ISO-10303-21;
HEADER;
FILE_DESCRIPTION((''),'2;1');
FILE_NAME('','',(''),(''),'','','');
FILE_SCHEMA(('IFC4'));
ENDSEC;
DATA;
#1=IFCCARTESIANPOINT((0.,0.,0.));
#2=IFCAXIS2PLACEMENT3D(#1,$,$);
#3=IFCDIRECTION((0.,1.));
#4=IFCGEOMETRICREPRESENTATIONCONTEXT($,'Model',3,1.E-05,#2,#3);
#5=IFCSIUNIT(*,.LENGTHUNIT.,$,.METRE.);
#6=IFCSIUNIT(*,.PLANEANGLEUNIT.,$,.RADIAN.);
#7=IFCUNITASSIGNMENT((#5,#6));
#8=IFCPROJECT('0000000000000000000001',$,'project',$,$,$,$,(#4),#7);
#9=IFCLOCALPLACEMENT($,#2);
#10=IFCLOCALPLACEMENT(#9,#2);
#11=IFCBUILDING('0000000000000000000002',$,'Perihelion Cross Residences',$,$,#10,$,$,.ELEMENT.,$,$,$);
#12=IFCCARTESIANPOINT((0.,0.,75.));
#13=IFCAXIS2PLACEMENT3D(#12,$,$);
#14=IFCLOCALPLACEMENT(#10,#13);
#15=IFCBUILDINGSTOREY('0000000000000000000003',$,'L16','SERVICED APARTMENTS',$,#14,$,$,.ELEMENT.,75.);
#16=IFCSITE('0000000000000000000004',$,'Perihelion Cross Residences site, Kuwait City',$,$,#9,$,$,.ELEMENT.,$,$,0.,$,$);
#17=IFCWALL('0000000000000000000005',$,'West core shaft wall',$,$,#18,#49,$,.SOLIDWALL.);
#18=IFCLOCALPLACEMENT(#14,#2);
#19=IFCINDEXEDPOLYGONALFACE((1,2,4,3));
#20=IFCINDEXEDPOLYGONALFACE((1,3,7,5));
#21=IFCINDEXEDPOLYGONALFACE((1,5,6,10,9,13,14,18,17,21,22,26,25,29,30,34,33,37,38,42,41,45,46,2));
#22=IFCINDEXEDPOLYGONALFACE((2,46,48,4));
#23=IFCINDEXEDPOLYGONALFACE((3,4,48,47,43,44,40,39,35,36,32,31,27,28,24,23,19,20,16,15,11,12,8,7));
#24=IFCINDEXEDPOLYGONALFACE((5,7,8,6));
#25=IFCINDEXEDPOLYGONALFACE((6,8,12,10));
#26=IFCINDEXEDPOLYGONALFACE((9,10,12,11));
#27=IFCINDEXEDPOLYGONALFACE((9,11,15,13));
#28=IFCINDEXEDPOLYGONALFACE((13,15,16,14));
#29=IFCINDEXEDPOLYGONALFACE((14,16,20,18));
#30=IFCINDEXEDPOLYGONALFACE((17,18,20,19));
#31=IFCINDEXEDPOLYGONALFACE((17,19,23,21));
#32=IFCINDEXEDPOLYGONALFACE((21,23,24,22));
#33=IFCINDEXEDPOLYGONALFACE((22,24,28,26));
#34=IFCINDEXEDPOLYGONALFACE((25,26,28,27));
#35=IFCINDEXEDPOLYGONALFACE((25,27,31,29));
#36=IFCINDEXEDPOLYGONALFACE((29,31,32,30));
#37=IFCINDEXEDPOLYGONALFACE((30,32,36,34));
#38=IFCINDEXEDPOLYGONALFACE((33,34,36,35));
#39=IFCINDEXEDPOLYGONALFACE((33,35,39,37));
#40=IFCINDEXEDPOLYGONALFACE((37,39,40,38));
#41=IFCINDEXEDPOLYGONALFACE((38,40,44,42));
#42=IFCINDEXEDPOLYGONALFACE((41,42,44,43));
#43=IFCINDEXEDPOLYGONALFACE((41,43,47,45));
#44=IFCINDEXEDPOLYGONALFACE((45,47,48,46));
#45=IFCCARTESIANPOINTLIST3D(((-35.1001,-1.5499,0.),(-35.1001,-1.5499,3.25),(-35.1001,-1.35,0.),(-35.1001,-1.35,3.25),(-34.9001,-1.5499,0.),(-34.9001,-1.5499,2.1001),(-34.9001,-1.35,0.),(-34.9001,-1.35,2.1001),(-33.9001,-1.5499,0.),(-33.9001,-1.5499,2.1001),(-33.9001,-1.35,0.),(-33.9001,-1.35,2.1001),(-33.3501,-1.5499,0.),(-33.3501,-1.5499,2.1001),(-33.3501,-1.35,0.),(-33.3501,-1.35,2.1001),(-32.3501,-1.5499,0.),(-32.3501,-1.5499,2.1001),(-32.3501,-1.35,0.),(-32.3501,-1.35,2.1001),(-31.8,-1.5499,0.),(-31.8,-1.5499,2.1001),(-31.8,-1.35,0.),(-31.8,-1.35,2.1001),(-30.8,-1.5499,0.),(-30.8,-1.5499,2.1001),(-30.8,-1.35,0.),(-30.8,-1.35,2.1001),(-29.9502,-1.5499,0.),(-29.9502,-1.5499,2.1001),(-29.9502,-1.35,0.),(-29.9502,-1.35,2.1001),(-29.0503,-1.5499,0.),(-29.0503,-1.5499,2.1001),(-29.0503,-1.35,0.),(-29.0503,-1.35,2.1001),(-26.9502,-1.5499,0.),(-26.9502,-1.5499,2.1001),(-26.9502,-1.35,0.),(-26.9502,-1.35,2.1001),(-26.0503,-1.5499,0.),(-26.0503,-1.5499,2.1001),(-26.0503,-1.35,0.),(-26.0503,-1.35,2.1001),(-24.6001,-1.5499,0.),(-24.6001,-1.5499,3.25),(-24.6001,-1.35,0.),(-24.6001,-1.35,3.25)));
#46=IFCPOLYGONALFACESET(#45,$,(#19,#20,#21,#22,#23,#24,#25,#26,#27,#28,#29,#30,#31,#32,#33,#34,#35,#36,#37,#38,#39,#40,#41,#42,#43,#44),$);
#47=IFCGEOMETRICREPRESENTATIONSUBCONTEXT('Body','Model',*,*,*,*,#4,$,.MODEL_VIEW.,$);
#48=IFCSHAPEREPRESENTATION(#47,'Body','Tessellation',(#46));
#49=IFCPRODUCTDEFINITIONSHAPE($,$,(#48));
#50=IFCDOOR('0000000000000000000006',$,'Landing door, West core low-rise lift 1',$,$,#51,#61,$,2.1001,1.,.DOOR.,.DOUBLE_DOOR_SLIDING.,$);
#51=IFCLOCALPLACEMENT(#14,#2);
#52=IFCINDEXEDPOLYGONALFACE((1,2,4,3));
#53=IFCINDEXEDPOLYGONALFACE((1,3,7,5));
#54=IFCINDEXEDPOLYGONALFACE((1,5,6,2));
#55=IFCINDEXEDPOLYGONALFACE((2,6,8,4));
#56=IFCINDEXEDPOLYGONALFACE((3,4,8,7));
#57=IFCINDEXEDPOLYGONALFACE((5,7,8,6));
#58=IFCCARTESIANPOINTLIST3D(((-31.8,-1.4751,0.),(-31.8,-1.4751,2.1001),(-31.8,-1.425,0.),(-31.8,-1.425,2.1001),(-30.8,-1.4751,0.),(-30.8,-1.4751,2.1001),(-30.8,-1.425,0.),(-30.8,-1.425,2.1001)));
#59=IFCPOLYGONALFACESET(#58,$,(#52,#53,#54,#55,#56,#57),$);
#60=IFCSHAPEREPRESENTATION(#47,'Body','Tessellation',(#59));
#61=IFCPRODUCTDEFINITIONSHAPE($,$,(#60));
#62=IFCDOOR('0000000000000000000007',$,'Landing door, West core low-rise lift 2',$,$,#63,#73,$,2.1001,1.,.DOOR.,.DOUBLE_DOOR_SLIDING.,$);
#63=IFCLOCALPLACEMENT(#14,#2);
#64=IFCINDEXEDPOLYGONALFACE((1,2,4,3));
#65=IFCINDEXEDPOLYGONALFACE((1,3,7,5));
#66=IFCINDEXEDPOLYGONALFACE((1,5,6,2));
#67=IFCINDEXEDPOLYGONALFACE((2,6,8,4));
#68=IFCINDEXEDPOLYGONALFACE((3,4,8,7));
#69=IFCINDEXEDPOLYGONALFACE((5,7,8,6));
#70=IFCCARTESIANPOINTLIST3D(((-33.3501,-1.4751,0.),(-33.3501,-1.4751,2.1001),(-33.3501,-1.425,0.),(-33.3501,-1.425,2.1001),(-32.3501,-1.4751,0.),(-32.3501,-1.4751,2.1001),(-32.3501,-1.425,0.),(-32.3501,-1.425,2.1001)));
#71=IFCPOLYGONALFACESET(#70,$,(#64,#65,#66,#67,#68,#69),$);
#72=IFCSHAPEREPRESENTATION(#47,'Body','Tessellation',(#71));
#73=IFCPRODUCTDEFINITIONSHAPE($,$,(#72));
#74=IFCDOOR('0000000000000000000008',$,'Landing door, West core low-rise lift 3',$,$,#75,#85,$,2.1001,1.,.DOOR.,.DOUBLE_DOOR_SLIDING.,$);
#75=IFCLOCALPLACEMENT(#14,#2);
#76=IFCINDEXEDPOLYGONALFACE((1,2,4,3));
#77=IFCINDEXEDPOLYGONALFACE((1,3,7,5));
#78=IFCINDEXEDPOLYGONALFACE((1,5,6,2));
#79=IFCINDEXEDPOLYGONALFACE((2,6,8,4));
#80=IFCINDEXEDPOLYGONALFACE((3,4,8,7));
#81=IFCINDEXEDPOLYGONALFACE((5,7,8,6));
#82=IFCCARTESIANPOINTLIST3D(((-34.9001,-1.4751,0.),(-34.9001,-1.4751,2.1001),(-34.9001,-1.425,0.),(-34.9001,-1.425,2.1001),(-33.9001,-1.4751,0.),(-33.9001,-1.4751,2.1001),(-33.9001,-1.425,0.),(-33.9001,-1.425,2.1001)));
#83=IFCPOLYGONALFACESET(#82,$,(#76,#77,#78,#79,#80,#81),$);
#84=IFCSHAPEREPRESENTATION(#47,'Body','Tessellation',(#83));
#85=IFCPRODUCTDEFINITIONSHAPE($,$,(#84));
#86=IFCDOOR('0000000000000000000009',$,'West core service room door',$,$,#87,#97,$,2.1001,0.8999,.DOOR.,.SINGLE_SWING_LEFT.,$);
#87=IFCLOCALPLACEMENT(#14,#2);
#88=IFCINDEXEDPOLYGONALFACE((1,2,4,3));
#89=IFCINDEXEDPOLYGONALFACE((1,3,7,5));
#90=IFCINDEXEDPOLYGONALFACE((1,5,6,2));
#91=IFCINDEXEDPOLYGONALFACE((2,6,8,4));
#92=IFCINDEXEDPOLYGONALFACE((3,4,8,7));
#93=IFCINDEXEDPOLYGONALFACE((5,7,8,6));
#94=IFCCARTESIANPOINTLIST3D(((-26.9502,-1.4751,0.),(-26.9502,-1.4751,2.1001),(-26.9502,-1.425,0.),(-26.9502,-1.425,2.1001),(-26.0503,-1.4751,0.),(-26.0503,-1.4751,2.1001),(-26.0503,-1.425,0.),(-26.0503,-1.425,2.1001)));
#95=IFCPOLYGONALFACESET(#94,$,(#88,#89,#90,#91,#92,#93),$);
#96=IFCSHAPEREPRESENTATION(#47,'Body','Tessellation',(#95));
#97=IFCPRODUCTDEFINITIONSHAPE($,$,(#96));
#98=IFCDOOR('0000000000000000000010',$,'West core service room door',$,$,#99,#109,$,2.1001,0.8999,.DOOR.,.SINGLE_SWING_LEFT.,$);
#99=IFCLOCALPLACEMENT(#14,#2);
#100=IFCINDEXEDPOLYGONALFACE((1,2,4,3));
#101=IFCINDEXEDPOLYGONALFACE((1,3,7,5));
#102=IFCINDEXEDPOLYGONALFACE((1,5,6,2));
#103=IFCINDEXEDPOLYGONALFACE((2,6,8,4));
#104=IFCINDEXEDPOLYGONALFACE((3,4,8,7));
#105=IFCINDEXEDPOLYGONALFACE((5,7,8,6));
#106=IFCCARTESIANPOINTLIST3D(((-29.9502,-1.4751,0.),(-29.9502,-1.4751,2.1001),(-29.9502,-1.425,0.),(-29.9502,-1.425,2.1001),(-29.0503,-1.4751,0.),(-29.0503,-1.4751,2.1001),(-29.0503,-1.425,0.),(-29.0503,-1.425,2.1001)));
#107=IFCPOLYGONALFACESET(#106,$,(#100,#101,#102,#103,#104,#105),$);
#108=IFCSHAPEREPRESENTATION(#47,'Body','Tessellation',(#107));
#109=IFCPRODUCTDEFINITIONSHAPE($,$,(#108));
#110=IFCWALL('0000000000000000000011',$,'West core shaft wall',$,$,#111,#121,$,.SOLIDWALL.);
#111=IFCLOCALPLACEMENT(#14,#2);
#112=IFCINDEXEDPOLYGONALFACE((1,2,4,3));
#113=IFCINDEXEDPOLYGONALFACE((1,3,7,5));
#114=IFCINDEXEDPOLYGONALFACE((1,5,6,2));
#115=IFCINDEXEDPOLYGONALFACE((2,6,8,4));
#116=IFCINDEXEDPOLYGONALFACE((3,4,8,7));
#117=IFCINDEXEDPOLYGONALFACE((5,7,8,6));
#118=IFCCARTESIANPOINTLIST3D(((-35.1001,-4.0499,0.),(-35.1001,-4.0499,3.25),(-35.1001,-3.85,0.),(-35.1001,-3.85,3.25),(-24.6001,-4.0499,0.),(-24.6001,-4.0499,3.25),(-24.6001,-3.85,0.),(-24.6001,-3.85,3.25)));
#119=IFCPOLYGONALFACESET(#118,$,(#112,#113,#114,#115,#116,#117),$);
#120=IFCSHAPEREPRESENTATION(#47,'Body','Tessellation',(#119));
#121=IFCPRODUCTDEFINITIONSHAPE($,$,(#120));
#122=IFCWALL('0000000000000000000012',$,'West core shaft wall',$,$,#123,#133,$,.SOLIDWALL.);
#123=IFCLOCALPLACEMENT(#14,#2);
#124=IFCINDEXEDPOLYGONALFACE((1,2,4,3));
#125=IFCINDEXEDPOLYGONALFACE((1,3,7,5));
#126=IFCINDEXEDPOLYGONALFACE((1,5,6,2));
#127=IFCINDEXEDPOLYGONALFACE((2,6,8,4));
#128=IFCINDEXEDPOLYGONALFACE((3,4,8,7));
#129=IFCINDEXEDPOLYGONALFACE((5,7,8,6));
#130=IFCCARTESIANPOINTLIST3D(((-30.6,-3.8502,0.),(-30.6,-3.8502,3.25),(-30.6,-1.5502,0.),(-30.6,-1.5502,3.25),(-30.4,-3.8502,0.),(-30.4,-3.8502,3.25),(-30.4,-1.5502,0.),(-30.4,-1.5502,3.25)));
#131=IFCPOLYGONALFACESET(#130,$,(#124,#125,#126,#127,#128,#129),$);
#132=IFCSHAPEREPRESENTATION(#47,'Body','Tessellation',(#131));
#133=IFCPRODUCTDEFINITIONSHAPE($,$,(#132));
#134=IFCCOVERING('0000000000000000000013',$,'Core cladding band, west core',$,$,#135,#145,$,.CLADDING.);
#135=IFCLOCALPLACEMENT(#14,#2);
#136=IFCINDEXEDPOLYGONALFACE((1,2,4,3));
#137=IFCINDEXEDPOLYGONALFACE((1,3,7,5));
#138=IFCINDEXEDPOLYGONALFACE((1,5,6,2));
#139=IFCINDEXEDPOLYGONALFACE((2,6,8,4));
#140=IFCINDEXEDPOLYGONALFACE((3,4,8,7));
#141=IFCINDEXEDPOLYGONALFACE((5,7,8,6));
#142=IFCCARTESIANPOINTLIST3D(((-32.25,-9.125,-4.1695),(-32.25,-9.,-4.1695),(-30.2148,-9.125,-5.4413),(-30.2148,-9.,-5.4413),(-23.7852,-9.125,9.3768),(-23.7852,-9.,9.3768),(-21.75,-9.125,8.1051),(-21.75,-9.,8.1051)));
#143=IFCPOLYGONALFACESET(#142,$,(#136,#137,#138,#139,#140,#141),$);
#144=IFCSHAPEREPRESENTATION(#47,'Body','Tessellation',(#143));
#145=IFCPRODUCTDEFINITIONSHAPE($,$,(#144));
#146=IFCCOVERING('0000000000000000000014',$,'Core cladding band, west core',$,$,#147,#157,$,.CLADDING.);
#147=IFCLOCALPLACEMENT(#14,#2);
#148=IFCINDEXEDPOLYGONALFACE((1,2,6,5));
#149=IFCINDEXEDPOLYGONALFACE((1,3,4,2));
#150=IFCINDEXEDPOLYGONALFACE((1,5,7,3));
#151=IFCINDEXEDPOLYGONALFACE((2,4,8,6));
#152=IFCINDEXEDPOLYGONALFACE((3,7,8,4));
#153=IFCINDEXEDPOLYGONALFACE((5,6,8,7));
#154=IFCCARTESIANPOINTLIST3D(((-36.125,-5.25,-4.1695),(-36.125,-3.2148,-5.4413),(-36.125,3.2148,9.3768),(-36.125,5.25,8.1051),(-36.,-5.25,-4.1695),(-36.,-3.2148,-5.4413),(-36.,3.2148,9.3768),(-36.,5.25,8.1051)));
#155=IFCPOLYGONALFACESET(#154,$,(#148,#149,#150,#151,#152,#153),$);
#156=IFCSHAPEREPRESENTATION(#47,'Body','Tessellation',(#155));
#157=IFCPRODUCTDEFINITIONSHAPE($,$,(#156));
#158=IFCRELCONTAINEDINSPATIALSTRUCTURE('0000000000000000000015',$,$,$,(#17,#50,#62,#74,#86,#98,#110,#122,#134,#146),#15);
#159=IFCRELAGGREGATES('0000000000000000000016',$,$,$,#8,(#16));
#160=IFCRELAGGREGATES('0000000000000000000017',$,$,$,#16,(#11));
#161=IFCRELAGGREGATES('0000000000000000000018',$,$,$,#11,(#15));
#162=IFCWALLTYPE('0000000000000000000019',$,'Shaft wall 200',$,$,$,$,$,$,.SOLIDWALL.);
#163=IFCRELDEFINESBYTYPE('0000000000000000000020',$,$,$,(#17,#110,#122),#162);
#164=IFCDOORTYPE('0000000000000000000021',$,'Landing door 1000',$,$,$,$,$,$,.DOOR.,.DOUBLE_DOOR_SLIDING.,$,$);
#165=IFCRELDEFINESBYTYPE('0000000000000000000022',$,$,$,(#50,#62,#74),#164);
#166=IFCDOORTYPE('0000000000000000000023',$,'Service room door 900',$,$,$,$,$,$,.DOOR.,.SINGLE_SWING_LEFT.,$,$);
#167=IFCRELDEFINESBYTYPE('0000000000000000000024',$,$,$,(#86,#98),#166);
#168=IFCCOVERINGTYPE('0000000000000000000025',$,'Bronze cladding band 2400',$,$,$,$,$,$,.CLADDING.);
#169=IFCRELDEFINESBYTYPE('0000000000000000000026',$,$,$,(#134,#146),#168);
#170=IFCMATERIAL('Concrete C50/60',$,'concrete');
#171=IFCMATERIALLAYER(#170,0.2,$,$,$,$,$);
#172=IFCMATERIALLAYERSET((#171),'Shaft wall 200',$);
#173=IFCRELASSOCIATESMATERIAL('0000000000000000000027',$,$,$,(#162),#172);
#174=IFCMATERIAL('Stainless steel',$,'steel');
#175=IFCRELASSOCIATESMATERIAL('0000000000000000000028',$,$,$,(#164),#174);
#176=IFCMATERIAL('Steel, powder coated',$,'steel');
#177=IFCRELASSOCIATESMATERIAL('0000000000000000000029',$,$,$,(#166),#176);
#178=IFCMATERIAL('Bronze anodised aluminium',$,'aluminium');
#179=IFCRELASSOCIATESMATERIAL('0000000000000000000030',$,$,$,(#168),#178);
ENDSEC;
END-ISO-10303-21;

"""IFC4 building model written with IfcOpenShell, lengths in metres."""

from ifc_helpers import new_model, si_unit, direction, frame, frame_2d, origin, origin_2d, place, context, subcontext, project, spatial, rectangle, extrude, material, layer, layer_set, material_profile, profile_set, type_object, element, fill, save


model = new_model("IFC4")

# Units and contexts
model_context = context("Model", 3, precision=1e-05, world=origin(), true_north=direction((0.0, 1.0)))
body_context = subcontext(model_context, "Body", "Model", "MODEL_VIEW")
ifc_project = project(units=[si_unit("LENGTHUNIT", "METRE"), si_unit("PLANEANGLEUNIT", "RADIAN")], contexts=[model_context])

# Site, building, storey
site_placement = place(None, origin())
site = spatial("IfcSite", under=ifc_project, at=site_placement, Name="Perihelion Cross Residences site, Kuwait City", CompositionType="ELEMENT", RefElevation=0.0)
building_placement = place(site_placement, origin())
building = spatial("IfcBuilding", under=site, at=building_placement, Name="Perihelion Cross Residences", CompositionType="ELEMENT")
storey_placement = place(building_placement, frame((0.0, 0.0, 75.0)))
storey = spatial("IfcBuildingStorey", under=building, at=storey_placement, Name="L16", Description="SERVICED APARTMENTS", CompositionType="ELEMENT", Elevation=75.0)

# Wall, openings, doors
ifc_material_1 = material(Name="Concrete C50/60", Category="concrete")
ifc_layer_1 = layer(ifc_material_1, 0.2)
ifc_layer_set_1 = layer_set([ifc_layer_1], Name="Shaft wall 200")
wall_type_1 = type_object("IfcWallType", Name="Shaft wall 200", PredefinedType="SOLIDWALL", material=ifc_layer_set_1)
wall_1_placement = place(storey_placement, frame((-35.1001, -1.45, 0.0), z_axis=(0.0, 0.0, 1.0), x_axis=(1.0, 0.0, 0.0)))
wall_1 = element("IfcWall", 1, at=wall_1_placement, inside=storey, type_object=wall_type_1, Name="West core shaft wall", PredefinedType="SOLIDWALL", context=body_context, shape_type="SweptSolid", body=[
    extrude(rectangle(XDim=10.5, YDim=0.2, at=frame_2d((5.25, 0.0))), origin(), (0.0, 0.0, 1.0), 3.25),
])
opening_1_placement = place(wall_1_placement, frame((3.3, 0.0, 0.0)))
opening_1 = element("IfcOpeningElement", 2, at=opening_1_placement, cuts=wall_1, PredefinedType="OPENING", context=body_context, shape_type="SweptSolid", body=[
    extrude(rectangle(XDim=1.0, YDim=2.1001, at=frame_2d((0.5, 1.05))), frame((0.0, 0.1099, 0.0), z_axis=(0.0, -1.0, 0.0), x_axis=(1.0, 0.0, 0.0)), (0.0, 0.0, 1.0), 0.22),
])
opening_2_placement = place(wall_1_placement, frame((1.75, 0.0, 0.0)))
opening_2 = element("IfcOpeningElement", 3, at=opening_2_placement, cuts=wall_1, PredefinedType="OPENING", context=body_context, shape_type="SweptSolid", body=[
    extrude(rectangle(XDim=1.0, YDim=2.1001, at=frame_2d((0.5, 1.05))), frame((0.0, 0.1099, 0.0), z_axis=(0.0, -1.0, 0.0), x_axis=(1.0, 0.0, 0.0)), (0.0, 0.0, 1.0), 0.22),
])
opening_3_placement = place(wall_1_placement, frame((0.2, 0.0, 0.0)))
opening_3 = element("IfcOpeningElement", 4, at=opening_3_placement, cuts=wall_1, PredefinedType="OPENING", context=body_context, shape_type="SweptSolid", body=[
    extrude(rectangle(XDim=1.0, YDim=2.1001, at=frame_2d((0.5, 1.05))), frame((0.0, 0.1099, 0.0), z_axis=(0.0, -1.0, 0.0), x_axis=(1.0, 0.0, 0.0)), (0.0, 0.0, 1.0), 0.22),
])
opening_4_placement = place(wall_1_placement, frame((8.1499, 0.0, 0.0)))
opening_4 = element("IfcOpeningElement", 5, at=opening_4_placement, cuts=wall_1, PredefinedType="OPENING", context=body_context, shape_type="SweptSolid", body=[
    extrude(rectangle(XDim=0.8999, YDim=2.1001, at=frame_2d((0.45, 1.05))), frame((0.0, 0.1099, 0.0), z_axis=(0.0, -1.0, 0.0), x_axis=(1.0, 0.0, 0.0)), (0.0, 0.0, 1.0), 0.22),
])
opening_5_placement = place(wall_1_placement, frame((5.1499, 0.0, 0.0)))
opening_5 = element("IfcOpeningElement", 6, at=opening_5_placement, cuts=wall_1, PredefinedType="OPENING", context=body_context, shape_type="SweptSolid", body=[
    extrude(rectangle(XDim=0.8999, YDim=2.1001, at=frame_2d((0.45, 1.05))), frame((0.0, 0.1099, 0.0), z_axis=(0.0, -1.0, 0.0), x_axis=(1.0, 0.0, 0.0)), (0.0, 0.0, 1.0), 0.22),
])
ifc_material_2 = material(Name="Stainless steel", Category="steel")
door_type_1 = type_object("IfcDoorType", Name="Landing door 1000", OperationType="DOUBLE_DOOR_SLIDING", PredefinedType="DOOR", material=ifc_material_2)
door_1_placement = place(opening_1_placement, origin())
door_1 = element("IfcDoor", 7, at=door_1_placement, inside=storey, type_object=door_type_1, Name="Landing door, West core low-rise lift 1", OperationType="DOUBLE_DOOR_SLIDING", OverallHeight=2.1001, OverallWidth=1.0, PredefinedType="DOOR", context=body_context, shape_type="SweptSolid", body=[
    extrude(rectangle(XDim=1.0, YDim=2.1001, at=frame_2d((0.5, 1.05))), frame((0.0, 0.0249, 0.0), z_axis=(0.0, -1.0, 0.0), x_axis=(1.0, 0.0, 0.0)), (0.0, 0.0, 1.0), 0.05),
])
fill(opening_1, door_1)
door_2_placement = place(opening_2_placement, origin())
door_2 = element("IfcDoor", 8, at=door_2_placement, inside=storey, type_object=door_type_1, Name="Landing door, West core low-rise lift 2", OperationType="DOUBLE_DOOR_SLIDING", OverallHeight=2.1001, OverallWidth=1.0, PredefinedType="DOOR", context=body_context, shape_type="SweptSolid", body=[
    extrude(rectangle(XDim=1.0, YDim=2.1001, at=frame_2d((0.5, 1.05))), frame((0.0, 0.0249, 0.0), z_axis=(0.0, -1.0, 0.0), x_axis=(1.0, 0.0, 0.0)), (0.0, 0.0, 1.0), 0.05),
])
fill(opening_2, door_2)
door_3_placement = place(opening_3_placement, origin())
door_3 = element("IfcDoor", 9, at=door_3_placement, inside=storey, type_object=door_type_1, Name="Landing door, West core low-rise lift 3", OperationType="DOUBLE_DOOR_SLIDING", OverallHeight=2.1001, OverallWidth=1.0, PredefinedType="DOOR", context=body_context, shape_type="SweptSolid", body=[
    extrude(rectangle(XDim=1.0, YDim=2.1001, at=frame_2d((0.5, 1.05))), frame((0.0, 0.0249, 0.0), z_axis=(0.0, -1.0, 0.0), x_axis=(1.0, 0.0, 0.0)), (0.0, 0.0, 1.0), 0.05),
])
fill(opening_3, door_3)
ifc_material_3 = material(Name="Steel, powder coated", Category="steel")
door_type_2 = type_object("IfcDoorType", Name="Service room door 900", OperationType="SINGLE_SWING_LEFT", PredefinedType="DOOR", material=ifc_material_3)
door_4_placement = place(opening_4_placement, origin())
door_4 = element("IfcDoor", 10, at=door_4_placement, inside=storey, type_object=door_type_2, Name="West core service room door", OperationType="SINGLE_SWING_LEFT", OverallHeight=2.1001, OverallWidth=0.8999, PredefinedType="DOOR", context=body_context, shape_type="SweptSolid", body=[
    extrude(rectangle(XDim=0.8999, YDim=2.1001, at=frame_2d((0.45, 1.05))), frame((0.0, 0.0249, 0.0), z_axis=(0.0, -1.0, 0.0), x_axis=(1.0, 0.0, 0.0)), (0.0, 0.0, 1.0), 0.05),
])
fill(opening_4, door_4)
door_5_placement = place(opening_5_placement, origin())
door_5 = element("IfcDoor", 11, at=door_5_placement, inside=storey, type_object=door_type_2, Name="West core service room door", OperationType="SINGLE_SWING_LEFT", OverallHeight=2.1001, OverallWidth=0.8999, PredefinedType="DOOR", context=body_context, shape_type="SweptSolid", body=[
    extrude(rectangle(XDim=0.8999, YDim=2.1001, at=frame_2d((0.45, 1.05))), frame((0.0, 0.0249, 0.0), z_axis=(0.0, -1.0, 0.0), x_axis=(1.0, 0.0, 0.0)), (0.0, 0.0, 1.0), 0.05),
])
fill(opening_5, door_5)

# Walls
wall_2_placement = place(storey_placement, frame((-35.1001, -3.95, 0.0), z_axis=(0.0, 0.0, 1.0), x_axis=(1.0, 0.0, 0.0)))
element("IfcWall", 12, at=wall_2_placement, inside=storey, type_object=wall_type_1, Name="West core shaft wall", PredefinedType="SOLIDWALL", context=body_context, shape_type="SweptSolid", body=[
    extrude(rectangle(XDim=10.5, YDim=0.2, at=frame_2d((5.25, 0.0))), origin(), (0.0, 0.0, 1.0), 3.25),
])
wall_3_placement = place(storey_placement, frame((-30.5, -3.8501, 0.0), z_axis=(0.0, 0.0, 1.0), x_axis=(0.0, 1.0, 0.0)))
element("IfcWall", 13, at=wall_3_placement, inside=storey, type_object=wall_type_1, Name="West core shaft wall", PredefinedType="SOLIDWALL", context=body_context, shape_type="SweptSolid", body=[
    extrude(rectangle(XDim=2.3, YDim=0.2, at=frame_2d((1.1499, 0.0))), origin(), (0.0, 0.0, 1.0), 3.25),
])

# Coverings
ifc_material_4 = material(Name="Bronze anodised aluminium", Category="aluminium")
ifc_material_profile = material_profile(ifc_material_4, rectangle(XDim=0.125, YDim=2.3999, at=origin_2d()), Name="Bronze cladding band 2400")
ifc_profile_set = profile_set([ifc_material_profile], Name="Bronze anodised aluminium")
covering_type = type_object("IfcCoveringType", Name="Bronze cladding band 2400", PredefinedType="CLADDING", material=ifc_profile_set)
for number, where, z_axis, x_axis, name in (
    (14, (-31.2324, -9.0625, -4.8054), (0.529925, 0.0, 0.848045), (0.0, 1.0, 0.0), "Core cladding band, west core"),
    (15, (-36.0625, -4.2324, -4.8054), (0.0, 0.529925, 0.848045), (-1.0, 0.0, 0.0), "Core cladding band, west core"),
):
    element("IfcCovering", number, at=place(storey_placement, frame(where, z_axis=z_axis, x_axis=x_axis)), inside=storey, type_object=covering_type, Name=name, PredefinedType="CLADDING", context=body_context, shape_type="SweptSolid", body=[
        extrude(rectangle(XDim=0.125, YDim=2.3999, at=origin_2d()), origin(), (0.0, 0.0, 1.0), 15.9736),
    ])

save(model, "model.ifc")
